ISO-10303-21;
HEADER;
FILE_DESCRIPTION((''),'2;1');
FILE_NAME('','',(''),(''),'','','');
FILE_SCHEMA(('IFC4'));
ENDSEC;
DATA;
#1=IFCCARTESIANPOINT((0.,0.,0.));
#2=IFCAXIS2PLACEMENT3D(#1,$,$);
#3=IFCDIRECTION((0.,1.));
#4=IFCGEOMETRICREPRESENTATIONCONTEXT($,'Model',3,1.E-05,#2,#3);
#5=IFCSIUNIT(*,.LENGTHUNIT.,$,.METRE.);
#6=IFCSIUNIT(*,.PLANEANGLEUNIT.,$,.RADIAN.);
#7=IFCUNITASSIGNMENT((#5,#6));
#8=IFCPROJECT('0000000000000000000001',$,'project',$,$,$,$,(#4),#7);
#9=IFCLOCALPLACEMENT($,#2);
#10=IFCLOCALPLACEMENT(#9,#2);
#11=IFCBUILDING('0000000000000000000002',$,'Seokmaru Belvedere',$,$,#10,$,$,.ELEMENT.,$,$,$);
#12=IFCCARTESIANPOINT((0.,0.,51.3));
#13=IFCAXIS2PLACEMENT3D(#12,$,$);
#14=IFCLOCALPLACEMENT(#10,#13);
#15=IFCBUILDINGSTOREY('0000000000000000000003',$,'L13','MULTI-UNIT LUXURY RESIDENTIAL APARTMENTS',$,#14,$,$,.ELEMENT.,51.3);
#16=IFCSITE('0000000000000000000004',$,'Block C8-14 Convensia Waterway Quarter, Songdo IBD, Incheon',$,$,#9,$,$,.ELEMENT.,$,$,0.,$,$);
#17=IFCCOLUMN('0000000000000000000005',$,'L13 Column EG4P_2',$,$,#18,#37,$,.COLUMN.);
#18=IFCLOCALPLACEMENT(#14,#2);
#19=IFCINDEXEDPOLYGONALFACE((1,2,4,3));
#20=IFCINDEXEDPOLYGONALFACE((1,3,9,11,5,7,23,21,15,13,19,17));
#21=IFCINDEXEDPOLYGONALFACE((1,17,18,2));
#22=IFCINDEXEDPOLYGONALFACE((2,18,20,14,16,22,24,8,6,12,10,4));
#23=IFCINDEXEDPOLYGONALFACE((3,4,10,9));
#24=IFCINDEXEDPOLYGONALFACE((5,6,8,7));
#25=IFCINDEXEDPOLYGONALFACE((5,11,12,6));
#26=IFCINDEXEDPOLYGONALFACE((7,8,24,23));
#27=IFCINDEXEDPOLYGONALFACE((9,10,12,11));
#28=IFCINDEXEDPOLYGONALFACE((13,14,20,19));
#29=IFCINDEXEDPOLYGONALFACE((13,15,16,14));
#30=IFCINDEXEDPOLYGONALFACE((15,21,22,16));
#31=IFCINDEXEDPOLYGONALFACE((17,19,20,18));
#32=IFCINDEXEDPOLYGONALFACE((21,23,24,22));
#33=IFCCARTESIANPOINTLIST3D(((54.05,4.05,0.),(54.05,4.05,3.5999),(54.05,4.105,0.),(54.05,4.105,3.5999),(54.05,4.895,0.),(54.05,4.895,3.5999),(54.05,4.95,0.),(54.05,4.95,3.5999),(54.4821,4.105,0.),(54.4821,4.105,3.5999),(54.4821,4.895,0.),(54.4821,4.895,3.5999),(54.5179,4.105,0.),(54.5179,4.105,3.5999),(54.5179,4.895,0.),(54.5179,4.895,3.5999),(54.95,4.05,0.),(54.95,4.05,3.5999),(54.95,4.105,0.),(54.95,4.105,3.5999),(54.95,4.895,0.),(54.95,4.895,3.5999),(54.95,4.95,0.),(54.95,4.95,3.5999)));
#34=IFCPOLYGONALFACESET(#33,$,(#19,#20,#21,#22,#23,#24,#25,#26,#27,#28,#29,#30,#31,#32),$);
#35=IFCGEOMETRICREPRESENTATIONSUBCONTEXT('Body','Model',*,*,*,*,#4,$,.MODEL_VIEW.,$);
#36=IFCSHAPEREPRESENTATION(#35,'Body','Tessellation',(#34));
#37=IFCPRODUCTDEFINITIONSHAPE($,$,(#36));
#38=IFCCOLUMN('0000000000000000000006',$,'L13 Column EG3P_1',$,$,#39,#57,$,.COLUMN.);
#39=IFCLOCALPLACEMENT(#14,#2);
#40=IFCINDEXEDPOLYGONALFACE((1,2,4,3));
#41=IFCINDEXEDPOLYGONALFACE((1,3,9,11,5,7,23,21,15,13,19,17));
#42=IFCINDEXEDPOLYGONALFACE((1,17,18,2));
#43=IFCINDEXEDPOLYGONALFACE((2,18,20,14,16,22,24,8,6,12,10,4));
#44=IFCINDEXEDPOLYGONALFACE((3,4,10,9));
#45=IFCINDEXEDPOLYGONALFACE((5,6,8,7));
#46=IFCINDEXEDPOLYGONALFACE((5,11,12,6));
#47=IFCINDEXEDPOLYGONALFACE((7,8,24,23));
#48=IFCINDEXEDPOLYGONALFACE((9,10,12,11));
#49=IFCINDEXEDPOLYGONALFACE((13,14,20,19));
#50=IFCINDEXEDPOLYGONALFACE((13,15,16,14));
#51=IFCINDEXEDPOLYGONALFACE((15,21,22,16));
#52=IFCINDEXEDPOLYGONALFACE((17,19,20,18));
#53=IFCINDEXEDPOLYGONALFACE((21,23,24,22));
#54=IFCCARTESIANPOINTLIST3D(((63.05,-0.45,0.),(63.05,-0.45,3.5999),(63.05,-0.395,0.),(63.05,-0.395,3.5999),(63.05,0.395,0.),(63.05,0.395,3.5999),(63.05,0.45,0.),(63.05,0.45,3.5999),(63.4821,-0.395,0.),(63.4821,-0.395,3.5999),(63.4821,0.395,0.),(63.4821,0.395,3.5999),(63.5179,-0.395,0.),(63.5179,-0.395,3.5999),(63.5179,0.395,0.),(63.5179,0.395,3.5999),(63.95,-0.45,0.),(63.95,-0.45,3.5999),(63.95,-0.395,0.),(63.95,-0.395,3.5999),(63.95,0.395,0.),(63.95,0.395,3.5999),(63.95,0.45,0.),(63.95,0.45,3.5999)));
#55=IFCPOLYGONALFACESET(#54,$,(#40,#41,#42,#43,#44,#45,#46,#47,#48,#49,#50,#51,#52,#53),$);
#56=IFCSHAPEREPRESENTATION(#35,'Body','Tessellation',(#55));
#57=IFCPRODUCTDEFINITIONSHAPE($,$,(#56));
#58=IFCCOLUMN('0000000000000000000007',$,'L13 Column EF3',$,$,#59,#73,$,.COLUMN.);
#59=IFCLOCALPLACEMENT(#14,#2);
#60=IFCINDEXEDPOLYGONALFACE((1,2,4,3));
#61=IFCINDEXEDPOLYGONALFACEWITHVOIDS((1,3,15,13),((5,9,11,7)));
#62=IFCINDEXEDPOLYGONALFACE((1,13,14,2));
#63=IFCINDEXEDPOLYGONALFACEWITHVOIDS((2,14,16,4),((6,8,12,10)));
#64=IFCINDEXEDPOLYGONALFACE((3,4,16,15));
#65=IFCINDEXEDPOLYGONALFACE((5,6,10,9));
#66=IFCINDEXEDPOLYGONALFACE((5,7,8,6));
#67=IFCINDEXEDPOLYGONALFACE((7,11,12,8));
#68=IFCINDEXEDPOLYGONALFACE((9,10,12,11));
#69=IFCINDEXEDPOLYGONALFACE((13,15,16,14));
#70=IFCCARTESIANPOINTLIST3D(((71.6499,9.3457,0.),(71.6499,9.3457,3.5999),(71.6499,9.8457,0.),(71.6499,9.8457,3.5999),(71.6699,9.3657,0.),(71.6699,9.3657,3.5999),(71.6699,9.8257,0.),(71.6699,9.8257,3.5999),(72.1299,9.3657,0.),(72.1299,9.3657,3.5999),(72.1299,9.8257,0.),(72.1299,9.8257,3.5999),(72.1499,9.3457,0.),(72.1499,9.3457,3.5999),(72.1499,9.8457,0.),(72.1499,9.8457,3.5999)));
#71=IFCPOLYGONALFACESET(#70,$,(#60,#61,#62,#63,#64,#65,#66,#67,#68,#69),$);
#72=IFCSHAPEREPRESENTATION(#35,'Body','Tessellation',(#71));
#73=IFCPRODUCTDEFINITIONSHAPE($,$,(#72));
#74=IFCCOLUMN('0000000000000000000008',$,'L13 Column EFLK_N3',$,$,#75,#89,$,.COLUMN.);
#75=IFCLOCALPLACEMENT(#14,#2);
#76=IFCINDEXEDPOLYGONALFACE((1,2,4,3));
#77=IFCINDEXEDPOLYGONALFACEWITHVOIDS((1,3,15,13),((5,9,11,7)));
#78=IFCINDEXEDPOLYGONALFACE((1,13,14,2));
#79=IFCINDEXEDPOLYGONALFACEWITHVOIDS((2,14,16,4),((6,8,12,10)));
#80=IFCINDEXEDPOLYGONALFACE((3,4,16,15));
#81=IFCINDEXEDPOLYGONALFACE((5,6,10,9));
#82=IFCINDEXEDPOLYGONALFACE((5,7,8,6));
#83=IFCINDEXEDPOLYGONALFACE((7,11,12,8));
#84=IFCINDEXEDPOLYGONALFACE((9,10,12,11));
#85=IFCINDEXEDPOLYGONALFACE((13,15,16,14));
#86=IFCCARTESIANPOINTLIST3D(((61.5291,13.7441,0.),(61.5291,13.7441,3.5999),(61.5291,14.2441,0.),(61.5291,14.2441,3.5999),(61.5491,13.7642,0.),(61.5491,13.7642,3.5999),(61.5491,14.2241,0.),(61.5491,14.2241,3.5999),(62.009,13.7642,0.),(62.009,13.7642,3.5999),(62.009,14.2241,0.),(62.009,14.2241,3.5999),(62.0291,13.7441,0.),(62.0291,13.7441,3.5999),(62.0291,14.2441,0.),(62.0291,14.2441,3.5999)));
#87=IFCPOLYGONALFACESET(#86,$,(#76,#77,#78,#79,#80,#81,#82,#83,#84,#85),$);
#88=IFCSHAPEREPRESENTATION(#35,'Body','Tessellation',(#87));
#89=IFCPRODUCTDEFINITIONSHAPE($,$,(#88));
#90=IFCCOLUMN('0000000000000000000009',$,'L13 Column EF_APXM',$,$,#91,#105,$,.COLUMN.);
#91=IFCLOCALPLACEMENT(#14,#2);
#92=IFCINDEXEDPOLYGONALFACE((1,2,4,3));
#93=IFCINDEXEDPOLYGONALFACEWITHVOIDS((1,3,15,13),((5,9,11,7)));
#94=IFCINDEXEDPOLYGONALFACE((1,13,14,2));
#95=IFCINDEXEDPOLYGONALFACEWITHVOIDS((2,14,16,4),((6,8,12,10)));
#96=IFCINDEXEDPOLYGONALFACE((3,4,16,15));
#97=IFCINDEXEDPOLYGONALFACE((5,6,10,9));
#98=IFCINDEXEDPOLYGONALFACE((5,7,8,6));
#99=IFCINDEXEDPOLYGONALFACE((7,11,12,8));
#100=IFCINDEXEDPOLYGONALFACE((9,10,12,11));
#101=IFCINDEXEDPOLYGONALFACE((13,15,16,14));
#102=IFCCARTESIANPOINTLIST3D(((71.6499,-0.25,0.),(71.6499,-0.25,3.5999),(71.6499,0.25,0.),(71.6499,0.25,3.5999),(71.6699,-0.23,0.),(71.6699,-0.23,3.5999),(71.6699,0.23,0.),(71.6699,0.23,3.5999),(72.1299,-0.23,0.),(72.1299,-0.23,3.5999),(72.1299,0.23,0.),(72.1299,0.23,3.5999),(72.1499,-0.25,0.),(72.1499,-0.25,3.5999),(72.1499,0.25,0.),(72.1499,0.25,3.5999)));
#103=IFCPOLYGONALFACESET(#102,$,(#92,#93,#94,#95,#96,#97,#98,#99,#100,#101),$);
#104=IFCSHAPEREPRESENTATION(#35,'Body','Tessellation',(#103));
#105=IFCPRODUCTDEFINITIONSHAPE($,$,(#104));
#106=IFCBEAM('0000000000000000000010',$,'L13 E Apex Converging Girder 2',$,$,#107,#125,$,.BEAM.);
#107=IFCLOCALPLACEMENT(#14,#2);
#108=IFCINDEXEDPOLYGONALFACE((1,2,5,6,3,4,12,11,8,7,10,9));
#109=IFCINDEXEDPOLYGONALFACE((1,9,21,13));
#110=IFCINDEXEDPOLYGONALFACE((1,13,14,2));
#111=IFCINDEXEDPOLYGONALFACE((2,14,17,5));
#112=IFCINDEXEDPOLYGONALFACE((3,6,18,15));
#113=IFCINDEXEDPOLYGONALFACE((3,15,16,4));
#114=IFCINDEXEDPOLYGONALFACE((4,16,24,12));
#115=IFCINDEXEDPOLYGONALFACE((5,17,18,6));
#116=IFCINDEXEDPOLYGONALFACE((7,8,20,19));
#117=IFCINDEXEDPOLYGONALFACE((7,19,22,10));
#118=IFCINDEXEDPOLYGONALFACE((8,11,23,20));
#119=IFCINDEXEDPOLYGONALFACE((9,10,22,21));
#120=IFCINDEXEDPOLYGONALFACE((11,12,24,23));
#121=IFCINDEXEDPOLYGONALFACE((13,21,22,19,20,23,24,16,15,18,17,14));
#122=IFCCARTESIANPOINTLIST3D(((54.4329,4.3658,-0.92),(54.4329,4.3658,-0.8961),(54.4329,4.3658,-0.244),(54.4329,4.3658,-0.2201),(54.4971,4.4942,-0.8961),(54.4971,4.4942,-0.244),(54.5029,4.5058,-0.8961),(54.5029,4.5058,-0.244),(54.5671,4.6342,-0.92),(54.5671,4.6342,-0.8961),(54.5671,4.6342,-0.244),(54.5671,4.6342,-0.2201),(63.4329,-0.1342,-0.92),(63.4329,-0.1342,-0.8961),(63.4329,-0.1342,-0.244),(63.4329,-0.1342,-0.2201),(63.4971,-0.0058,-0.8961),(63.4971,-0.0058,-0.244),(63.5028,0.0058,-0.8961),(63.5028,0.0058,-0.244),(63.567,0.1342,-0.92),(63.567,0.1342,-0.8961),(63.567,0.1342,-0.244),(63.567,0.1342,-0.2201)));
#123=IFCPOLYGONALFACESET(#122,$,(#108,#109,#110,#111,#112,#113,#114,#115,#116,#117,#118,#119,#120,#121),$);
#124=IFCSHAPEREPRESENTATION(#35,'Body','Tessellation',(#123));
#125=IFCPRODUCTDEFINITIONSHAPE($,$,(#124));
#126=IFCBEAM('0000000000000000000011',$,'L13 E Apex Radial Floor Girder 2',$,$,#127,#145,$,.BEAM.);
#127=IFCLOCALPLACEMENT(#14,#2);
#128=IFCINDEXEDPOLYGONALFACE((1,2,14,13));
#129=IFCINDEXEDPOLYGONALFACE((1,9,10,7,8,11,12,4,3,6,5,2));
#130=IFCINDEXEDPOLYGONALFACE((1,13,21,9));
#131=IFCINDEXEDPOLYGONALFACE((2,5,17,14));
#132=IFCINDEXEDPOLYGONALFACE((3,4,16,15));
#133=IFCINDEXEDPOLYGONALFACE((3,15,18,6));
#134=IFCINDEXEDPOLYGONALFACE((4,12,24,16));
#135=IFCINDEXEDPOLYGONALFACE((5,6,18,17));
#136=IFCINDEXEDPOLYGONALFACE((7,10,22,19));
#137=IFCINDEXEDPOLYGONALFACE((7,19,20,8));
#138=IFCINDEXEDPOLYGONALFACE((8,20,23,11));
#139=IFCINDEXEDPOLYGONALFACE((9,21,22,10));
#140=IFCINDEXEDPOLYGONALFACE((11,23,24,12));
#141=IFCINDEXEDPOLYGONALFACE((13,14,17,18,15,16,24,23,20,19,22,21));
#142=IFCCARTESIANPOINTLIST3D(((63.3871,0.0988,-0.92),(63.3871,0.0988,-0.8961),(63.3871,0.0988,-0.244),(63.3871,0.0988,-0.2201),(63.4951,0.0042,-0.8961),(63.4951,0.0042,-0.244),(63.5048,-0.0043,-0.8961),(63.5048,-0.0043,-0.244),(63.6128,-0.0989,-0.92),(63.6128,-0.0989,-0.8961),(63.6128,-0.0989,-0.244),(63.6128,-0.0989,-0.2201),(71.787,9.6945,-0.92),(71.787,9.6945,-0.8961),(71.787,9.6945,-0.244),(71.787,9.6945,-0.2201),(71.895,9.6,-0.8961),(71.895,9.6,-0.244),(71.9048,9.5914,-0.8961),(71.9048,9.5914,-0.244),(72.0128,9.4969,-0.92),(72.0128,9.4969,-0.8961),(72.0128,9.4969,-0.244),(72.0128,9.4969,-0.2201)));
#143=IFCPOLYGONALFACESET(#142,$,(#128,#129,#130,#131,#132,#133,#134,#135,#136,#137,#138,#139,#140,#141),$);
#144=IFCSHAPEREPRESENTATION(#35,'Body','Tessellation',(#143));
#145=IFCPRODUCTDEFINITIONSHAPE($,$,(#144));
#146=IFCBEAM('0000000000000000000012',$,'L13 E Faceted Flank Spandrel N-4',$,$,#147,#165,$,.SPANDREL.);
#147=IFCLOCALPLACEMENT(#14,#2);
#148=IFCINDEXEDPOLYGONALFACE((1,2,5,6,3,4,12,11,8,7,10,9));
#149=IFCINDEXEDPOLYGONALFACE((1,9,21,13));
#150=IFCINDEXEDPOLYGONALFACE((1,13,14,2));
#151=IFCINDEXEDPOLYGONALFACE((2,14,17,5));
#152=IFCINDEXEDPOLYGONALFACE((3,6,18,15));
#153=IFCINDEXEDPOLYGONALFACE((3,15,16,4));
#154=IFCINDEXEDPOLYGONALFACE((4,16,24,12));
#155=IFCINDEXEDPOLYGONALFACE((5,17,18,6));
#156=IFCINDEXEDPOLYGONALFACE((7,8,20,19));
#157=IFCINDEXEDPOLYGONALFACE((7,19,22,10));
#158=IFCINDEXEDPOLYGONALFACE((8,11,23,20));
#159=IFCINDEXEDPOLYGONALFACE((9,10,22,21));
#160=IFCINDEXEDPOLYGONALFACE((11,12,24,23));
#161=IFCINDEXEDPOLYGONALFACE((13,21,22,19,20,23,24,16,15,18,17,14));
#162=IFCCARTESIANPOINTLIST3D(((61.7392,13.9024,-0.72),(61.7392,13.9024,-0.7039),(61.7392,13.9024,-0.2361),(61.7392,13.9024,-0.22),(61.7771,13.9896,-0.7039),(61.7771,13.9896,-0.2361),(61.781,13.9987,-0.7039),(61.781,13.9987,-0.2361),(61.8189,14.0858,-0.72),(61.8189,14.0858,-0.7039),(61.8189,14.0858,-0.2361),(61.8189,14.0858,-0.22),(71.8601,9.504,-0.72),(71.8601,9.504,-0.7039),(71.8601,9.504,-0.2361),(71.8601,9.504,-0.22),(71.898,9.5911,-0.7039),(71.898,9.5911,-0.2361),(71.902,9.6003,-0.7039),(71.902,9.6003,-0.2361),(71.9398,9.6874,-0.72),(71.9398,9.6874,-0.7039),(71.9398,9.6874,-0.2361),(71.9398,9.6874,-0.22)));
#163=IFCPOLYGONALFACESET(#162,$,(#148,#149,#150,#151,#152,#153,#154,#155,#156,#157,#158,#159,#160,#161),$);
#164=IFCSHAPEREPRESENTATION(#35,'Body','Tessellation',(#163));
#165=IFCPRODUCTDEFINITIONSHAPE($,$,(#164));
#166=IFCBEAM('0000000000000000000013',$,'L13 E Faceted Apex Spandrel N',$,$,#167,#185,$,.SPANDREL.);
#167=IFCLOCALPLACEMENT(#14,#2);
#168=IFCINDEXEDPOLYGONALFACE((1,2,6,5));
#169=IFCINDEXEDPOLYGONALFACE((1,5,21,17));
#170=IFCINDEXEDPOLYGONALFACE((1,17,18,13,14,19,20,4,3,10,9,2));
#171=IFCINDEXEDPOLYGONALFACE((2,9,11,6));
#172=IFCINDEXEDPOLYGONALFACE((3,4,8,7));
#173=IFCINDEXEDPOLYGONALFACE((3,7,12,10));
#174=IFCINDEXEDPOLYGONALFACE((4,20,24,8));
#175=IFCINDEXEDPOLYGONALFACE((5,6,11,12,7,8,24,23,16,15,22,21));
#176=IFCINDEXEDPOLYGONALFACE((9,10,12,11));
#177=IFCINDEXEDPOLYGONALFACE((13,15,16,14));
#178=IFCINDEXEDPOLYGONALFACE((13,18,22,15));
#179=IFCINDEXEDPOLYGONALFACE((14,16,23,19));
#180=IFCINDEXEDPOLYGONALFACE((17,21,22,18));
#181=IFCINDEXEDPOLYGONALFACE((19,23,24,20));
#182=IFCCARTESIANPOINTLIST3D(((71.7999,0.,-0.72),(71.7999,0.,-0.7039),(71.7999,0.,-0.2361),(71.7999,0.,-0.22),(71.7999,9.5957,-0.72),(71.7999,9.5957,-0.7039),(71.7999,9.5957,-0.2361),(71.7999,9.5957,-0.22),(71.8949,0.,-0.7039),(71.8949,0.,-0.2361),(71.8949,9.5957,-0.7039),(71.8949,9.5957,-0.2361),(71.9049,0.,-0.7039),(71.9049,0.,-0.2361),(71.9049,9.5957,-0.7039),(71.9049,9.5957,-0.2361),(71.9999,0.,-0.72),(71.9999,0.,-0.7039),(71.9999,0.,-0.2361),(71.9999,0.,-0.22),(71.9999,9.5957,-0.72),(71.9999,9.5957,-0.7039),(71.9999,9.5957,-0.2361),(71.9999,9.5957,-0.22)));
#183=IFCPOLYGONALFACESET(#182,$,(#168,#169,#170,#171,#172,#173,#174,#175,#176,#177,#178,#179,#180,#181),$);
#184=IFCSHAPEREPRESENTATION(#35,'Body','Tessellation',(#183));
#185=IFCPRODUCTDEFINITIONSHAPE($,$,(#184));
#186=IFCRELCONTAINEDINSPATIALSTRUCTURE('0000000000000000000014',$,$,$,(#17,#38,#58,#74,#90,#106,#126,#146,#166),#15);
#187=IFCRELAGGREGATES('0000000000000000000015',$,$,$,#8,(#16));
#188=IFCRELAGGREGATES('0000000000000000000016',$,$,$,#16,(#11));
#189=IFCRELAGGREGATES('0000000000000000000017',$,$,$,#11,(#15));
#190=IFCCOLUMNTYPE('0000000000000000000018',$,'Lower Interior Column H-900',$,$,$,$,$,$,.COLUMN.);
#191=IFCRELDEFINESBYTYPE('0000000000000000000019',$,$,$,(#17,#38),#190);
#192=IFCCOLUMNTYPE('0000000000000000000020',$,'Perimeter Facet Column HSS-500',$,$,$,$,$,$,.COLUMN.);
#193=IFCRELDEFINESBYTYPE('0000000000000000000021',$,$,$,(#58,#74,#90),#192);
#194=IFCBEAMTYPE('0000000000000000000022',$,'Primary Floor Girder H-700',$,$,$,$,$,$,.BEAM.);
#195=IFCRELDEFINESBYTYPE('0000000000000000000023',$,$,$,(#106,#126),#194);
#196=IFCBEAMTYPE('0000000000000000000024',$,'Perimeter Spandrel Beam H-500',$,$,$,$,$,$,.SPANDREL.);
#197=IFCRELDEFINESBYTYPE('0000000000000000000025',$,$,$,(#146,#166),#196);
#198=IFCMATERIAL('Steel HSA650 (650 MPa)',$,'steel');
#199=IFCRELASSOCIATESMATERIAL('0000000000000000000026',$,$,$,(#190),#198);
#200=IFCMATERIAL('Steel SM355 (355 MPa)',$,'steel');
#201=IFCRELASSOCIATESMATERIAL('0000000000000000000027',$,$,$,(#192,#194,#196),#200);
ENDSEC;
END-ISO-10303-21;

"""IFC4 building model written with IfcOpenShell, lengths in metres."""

from ifc_helpers import new_model, si_unit, direction, frame, origin, origin_2d, place, context, subcontext, project, spatial, hollow_rectangle, i_section, extrude, source, transform, mapped, material, material_profile, profile_set, type_object, type_shapes, element, save


model = new_model("IFC4")

# Units and contexts
model_context = context("Model", 3, precision=1e-05, world=origin(), true_north=direction((0.0, 1.0)))
body_context = subcontext(model_context, "Body", "Model", "MODEL_VIEW")
ifc_project = project(units=[si_unit("LENGTHUNIT", "METRE"), si_unit("PLANEANGLEUNIT", "RADIAN")], contexts=[model_context])

# Site, building, storey
site_placement = place(None, origin())
site = spatial("IfcSite", under=ifc_project, at=site_placement, Name="Block C8-14 Convensia Waterway Quarter, Songdo IBD, Incheon", CompositionType="ELEMENT", RefElevation=0.0)
building_placement = place(site_placement, origin())
building = spatial("IfcBuilding", under=site, at=building_placement, Name="Seokmaru Belvedere", CompositionType="ELEMENT")
storey_placement = place(building_placement, frame((0.0, 0.0, 51.3)))
storey = spatial("IfcBuildingStorey", under=building, at=storey_placement, Name="L13", Description="MULTI-UNIT LUXURY RESIDENTIAL APARTMENTS", CompositionType="ELEMENT", Elevation=51.3)

# Columns
ifc_material_1 = material(Name="Steel HSA650 (650 MPa)", Category="steel")
ifc_material_profile_1 = material_profile(ifc_material_1, i_section(OverallWidth=0.8999, OverallDepth=0.8999, WebThickness=0.0359, FlangeThickness=0.0549, at=origin_2d()), Name="H-900x900x36x55")
ifc_profile_set_1 = profile_set([ifc_material_profile_1], Name="Steel HSA650 (650 MPa)")
column_type_1 = type_object("IfcColumnType", Name="Lower Interior Column H-900", PredefinedType="COLUMN", material=ifc_profile_set_1)
shared_shape_1 = source(origin(), body_context, "Body", "SweptSolid", [
    extrude(i_section(OverallWidth=0.8999, OverallDepth=0.8999, WebThickness=0.0359, FlangeThickness=0.0549, at=origin_2d()), origin(), (0.0, 0.0, 1.0), 3.5999),
])
type_shapes(column_type_1, [shared_shape_1])
for number, where, z_axis, x_axis, name in (
    (1, (54.5, 4.5, 0.0), (0.0, 0.0, 1.0), (1.0, 0.0, 0.0), "L13 Column EG4P_2"),
    (2, (63.5, 0.0, 0.0), (0.0, 0.0, 1.0), (1.0, 0.0, 0.0), "L13 Column EG3P_1"),
):
    element("IfcColumn", number, at=place(storey_placement, frame(where, z_axis=z_axis, x_axis=x_axis)), inside=storey, type_object=column_type_1, Name=name, PredefinedType="COLUMN", context=body_context, shape_type="MappedRepresentation", body=[
        mapped(shared_shape_1, transform((0.0, 0.0, 0.0), scale=1.0)),
    ])
ifc_material_2 = material(Name="Steel SM355 (355 MPa)", Category="steel")
ifc_material_profile_2 = material_profile(ifc_material_2, hollow_rectangle(XDim=0.5, YDim=0.5, WallThickness=0.02, at=origin_2d()), Name="HSS-500x500x20")
ifc_profile_set_2 = profile_set([ifc_material_profile_2], Name="Steel SM355 (355 MPa)")
column_type_2 = type_object("IfcColumnType", Name="Perimeter Facet Column HSS-500", PredefinedType="COLUMN", material=ifc_profile_set_2)
shared_shape_2 = source(origin(), body_context, "Body", "SweptSolid", [
    extrude(hollow_rectangle(XDim=0.5, YDim=0.5, WallThickness=0.02, at=origin_2d()), origin(), (0.0, 0.0, 1.0), 3.5999),
])
type_shapes(column_type_2, [shared_shape_2])
for number, where, z_axis, x_axis, name in (
    (3, (71.8999, 9.5957, 0.0), (0.0, 0.0, 1.0), (1.0, 0.0, 0.0), "L13 Column EF3"),
    (4, (61.7791, 13.9941, 0.0), (0.0, 0.0, 1.0), (1.0, 0.0, 0.0), "L13 Column EFLK_N3"),
    (5, (71.8999, 0.0, 0.0), (0.0, 0.0, 1.0), (1.0, 0.0, 0.0), "L13 Column EF_APXM"),
):
    element("IfcColumn", number, at=place(storey_placement, frame(where, z_axis=z_axis, x_axis=x_axis)), inside=storey, type_object=column_type_2, Name=name, PredefinedType="COLUMN", context=body_context, shape_type="MappedRepresentation", body=[
        mapped(shared_shape_2, transform((0.0, 0.0, 0.0), scale=1.0)),
    ])

# Beams
ifc_material_profile_3 = material_profile(ifc_material_2, i_section(OverallWidth=0.3, OverallDepth=0.7, WebThickness=0.0129, FlangeThickness=0.0239, at=origin_2d()), Name="H-700x300x13x24")
ifc_profile_set_3 = profile_set([ifc_material_profile_3], Name="Steel SM355 (355 MPa)")
beam_type_1 = type_object("IfcBeamType", Name="Primary Floor Girder H-700", PredefinedType="BEAM", material=ifc_profile_set_3)
shared_shape_3 = source(origin(), body_context, "Body", "SweptSolid", [
    extrude(i_section(OverallWidth=0.3, OverallDepth=0.7, WebThickness=0.0129, FlangeThickness=0.0239, at=origin_2d()), origin(), (0.0, 0.0, 1.0), 10.0623),
])
beam_1_placement = place(storey_placement, frame((54.5, 4.5, -0.5701), z_axis=(0.894427, -0.447214, 0.0), x_axis=(0.447214, 0.894427, 0.0)))
element("IfcBeam", 6, at=beam_1_placement, inside=storey, type_object=beam_type_1, Name="L13 E Apex Converging Girder 2", PredefinedType="BEAM", context=body_context, shape_type="MappedRepresentation", body=[
    mapped(shared_shape_3, transform((0.0, 0.0, 0.0), scale=1.0)),
])
shared_shape_4 = source(origin(), body_context, "Body", "SweptSolid", [
    extrude(i_section(OverallWidth=0.3, OverallDepth=0.7, WebThickness=0.0129, FlangeThickness=0.0239, at=origin_2d()), origin(), (0.0, 0.0, 1.0), 12.7529),
])
beam_2_placement = place(storey_placement, frame((71.8999, 9.5957, -0.5701), z_axis=(-0.658667, -0.752434, 0.0), x_axis=(0.752434, -0.658667, 0.0)))
element("IfcBeam", 7, at=beam_2_placement, inside=storey, type_object=beam_type_1, Name="L13 E Apex Radial Floor Girder 2", PredefinedType="BEAM", context=body_context, shape_type="MappedRepresentation", body=[
    mapped(shared_shape_4, transform((0.0, 0.0, 0.0), scale=1.0)),
])
ifc_material_profile_4 = material_profile(ifc_material_2, i_section(OverallWidth=0.2, OverallDepth=0.5, WebThickness=0.01, FlangeThickness=0.0161, at=origin_2d()), Name="H-500x200x10x16")
ifc_profile_set_4 = profile_set([ifc_material_profile_4], Name="Steel SM355 (355 MPa)")
beam_type_2 = type_object("IfcBeamType", Name="Perimeter Spandrel Beam H-500", PredefinedType="SPANDREL", material=ifc_profile_set_4)
shared_shape_5 = source(origin(), body_context, "Body", "SweptSolid", [
    extrude(i_section(OverallWidth=0.2, OverallDepth=0.5, WebThickness=0.01, FlangeThickness=0.0161, at=origin_2d()), origin(), (0.0, 0.0, 1.0), 11.0354),
])
beam_3_placement = place(storey_placement, frame((61.7791, 13.9941, -0.47), z_axis=(0.917134, -0.398579, 0.0), x_axis=(0.398579, 0.917134, 0.0)))
element("IfcBeam", 8, at=beam_3_placement, inside=storey, type_object=beam_type_2, Name="L13 E Faceted Flank Spandrel N-4", PredefinedType="SPANDREL", context=body_context, shape_type="MappedRepresentation", body=[
    mapped(shared_shape_5, transform((0.0, 0.0, 0.0), scale=1.0)),
])
shared_shape_6 = source(origin(), body_context, "Body", "SweptSolid", [
    extrude(i_section(OverallWidth=0.2, OverallDepth=0.5, WebThickness=0.01, FlangeThickness=0.0161, at=origin_2d()), origin(), (0.0, 0.0, 1.0), 9.5957),
])
type_shapes(beam_type_2, [shared_shape_5, shared_shape_6])
beam_4_placement = place(storey_placement, frame((71.8999, 0.0, -0.47), z_axis=(0.0, 1.0, 0.0), x_axis=(-1.0, 0.0, 0.0)))
element("IfcBeam", 9, at=beam_4_placement, inside=storey, type_object=beam_type_2, Name="L13 E Faceted Apex Spandrel N", PredefinedType="SPANDREL", context=body_context, shape_type="MappedRepresentation", body=[
    mapped(shared_shape_6, transform((0.0, 0.0, 0.0), scale=1.0)),
])

save(model, "model.ifc")
